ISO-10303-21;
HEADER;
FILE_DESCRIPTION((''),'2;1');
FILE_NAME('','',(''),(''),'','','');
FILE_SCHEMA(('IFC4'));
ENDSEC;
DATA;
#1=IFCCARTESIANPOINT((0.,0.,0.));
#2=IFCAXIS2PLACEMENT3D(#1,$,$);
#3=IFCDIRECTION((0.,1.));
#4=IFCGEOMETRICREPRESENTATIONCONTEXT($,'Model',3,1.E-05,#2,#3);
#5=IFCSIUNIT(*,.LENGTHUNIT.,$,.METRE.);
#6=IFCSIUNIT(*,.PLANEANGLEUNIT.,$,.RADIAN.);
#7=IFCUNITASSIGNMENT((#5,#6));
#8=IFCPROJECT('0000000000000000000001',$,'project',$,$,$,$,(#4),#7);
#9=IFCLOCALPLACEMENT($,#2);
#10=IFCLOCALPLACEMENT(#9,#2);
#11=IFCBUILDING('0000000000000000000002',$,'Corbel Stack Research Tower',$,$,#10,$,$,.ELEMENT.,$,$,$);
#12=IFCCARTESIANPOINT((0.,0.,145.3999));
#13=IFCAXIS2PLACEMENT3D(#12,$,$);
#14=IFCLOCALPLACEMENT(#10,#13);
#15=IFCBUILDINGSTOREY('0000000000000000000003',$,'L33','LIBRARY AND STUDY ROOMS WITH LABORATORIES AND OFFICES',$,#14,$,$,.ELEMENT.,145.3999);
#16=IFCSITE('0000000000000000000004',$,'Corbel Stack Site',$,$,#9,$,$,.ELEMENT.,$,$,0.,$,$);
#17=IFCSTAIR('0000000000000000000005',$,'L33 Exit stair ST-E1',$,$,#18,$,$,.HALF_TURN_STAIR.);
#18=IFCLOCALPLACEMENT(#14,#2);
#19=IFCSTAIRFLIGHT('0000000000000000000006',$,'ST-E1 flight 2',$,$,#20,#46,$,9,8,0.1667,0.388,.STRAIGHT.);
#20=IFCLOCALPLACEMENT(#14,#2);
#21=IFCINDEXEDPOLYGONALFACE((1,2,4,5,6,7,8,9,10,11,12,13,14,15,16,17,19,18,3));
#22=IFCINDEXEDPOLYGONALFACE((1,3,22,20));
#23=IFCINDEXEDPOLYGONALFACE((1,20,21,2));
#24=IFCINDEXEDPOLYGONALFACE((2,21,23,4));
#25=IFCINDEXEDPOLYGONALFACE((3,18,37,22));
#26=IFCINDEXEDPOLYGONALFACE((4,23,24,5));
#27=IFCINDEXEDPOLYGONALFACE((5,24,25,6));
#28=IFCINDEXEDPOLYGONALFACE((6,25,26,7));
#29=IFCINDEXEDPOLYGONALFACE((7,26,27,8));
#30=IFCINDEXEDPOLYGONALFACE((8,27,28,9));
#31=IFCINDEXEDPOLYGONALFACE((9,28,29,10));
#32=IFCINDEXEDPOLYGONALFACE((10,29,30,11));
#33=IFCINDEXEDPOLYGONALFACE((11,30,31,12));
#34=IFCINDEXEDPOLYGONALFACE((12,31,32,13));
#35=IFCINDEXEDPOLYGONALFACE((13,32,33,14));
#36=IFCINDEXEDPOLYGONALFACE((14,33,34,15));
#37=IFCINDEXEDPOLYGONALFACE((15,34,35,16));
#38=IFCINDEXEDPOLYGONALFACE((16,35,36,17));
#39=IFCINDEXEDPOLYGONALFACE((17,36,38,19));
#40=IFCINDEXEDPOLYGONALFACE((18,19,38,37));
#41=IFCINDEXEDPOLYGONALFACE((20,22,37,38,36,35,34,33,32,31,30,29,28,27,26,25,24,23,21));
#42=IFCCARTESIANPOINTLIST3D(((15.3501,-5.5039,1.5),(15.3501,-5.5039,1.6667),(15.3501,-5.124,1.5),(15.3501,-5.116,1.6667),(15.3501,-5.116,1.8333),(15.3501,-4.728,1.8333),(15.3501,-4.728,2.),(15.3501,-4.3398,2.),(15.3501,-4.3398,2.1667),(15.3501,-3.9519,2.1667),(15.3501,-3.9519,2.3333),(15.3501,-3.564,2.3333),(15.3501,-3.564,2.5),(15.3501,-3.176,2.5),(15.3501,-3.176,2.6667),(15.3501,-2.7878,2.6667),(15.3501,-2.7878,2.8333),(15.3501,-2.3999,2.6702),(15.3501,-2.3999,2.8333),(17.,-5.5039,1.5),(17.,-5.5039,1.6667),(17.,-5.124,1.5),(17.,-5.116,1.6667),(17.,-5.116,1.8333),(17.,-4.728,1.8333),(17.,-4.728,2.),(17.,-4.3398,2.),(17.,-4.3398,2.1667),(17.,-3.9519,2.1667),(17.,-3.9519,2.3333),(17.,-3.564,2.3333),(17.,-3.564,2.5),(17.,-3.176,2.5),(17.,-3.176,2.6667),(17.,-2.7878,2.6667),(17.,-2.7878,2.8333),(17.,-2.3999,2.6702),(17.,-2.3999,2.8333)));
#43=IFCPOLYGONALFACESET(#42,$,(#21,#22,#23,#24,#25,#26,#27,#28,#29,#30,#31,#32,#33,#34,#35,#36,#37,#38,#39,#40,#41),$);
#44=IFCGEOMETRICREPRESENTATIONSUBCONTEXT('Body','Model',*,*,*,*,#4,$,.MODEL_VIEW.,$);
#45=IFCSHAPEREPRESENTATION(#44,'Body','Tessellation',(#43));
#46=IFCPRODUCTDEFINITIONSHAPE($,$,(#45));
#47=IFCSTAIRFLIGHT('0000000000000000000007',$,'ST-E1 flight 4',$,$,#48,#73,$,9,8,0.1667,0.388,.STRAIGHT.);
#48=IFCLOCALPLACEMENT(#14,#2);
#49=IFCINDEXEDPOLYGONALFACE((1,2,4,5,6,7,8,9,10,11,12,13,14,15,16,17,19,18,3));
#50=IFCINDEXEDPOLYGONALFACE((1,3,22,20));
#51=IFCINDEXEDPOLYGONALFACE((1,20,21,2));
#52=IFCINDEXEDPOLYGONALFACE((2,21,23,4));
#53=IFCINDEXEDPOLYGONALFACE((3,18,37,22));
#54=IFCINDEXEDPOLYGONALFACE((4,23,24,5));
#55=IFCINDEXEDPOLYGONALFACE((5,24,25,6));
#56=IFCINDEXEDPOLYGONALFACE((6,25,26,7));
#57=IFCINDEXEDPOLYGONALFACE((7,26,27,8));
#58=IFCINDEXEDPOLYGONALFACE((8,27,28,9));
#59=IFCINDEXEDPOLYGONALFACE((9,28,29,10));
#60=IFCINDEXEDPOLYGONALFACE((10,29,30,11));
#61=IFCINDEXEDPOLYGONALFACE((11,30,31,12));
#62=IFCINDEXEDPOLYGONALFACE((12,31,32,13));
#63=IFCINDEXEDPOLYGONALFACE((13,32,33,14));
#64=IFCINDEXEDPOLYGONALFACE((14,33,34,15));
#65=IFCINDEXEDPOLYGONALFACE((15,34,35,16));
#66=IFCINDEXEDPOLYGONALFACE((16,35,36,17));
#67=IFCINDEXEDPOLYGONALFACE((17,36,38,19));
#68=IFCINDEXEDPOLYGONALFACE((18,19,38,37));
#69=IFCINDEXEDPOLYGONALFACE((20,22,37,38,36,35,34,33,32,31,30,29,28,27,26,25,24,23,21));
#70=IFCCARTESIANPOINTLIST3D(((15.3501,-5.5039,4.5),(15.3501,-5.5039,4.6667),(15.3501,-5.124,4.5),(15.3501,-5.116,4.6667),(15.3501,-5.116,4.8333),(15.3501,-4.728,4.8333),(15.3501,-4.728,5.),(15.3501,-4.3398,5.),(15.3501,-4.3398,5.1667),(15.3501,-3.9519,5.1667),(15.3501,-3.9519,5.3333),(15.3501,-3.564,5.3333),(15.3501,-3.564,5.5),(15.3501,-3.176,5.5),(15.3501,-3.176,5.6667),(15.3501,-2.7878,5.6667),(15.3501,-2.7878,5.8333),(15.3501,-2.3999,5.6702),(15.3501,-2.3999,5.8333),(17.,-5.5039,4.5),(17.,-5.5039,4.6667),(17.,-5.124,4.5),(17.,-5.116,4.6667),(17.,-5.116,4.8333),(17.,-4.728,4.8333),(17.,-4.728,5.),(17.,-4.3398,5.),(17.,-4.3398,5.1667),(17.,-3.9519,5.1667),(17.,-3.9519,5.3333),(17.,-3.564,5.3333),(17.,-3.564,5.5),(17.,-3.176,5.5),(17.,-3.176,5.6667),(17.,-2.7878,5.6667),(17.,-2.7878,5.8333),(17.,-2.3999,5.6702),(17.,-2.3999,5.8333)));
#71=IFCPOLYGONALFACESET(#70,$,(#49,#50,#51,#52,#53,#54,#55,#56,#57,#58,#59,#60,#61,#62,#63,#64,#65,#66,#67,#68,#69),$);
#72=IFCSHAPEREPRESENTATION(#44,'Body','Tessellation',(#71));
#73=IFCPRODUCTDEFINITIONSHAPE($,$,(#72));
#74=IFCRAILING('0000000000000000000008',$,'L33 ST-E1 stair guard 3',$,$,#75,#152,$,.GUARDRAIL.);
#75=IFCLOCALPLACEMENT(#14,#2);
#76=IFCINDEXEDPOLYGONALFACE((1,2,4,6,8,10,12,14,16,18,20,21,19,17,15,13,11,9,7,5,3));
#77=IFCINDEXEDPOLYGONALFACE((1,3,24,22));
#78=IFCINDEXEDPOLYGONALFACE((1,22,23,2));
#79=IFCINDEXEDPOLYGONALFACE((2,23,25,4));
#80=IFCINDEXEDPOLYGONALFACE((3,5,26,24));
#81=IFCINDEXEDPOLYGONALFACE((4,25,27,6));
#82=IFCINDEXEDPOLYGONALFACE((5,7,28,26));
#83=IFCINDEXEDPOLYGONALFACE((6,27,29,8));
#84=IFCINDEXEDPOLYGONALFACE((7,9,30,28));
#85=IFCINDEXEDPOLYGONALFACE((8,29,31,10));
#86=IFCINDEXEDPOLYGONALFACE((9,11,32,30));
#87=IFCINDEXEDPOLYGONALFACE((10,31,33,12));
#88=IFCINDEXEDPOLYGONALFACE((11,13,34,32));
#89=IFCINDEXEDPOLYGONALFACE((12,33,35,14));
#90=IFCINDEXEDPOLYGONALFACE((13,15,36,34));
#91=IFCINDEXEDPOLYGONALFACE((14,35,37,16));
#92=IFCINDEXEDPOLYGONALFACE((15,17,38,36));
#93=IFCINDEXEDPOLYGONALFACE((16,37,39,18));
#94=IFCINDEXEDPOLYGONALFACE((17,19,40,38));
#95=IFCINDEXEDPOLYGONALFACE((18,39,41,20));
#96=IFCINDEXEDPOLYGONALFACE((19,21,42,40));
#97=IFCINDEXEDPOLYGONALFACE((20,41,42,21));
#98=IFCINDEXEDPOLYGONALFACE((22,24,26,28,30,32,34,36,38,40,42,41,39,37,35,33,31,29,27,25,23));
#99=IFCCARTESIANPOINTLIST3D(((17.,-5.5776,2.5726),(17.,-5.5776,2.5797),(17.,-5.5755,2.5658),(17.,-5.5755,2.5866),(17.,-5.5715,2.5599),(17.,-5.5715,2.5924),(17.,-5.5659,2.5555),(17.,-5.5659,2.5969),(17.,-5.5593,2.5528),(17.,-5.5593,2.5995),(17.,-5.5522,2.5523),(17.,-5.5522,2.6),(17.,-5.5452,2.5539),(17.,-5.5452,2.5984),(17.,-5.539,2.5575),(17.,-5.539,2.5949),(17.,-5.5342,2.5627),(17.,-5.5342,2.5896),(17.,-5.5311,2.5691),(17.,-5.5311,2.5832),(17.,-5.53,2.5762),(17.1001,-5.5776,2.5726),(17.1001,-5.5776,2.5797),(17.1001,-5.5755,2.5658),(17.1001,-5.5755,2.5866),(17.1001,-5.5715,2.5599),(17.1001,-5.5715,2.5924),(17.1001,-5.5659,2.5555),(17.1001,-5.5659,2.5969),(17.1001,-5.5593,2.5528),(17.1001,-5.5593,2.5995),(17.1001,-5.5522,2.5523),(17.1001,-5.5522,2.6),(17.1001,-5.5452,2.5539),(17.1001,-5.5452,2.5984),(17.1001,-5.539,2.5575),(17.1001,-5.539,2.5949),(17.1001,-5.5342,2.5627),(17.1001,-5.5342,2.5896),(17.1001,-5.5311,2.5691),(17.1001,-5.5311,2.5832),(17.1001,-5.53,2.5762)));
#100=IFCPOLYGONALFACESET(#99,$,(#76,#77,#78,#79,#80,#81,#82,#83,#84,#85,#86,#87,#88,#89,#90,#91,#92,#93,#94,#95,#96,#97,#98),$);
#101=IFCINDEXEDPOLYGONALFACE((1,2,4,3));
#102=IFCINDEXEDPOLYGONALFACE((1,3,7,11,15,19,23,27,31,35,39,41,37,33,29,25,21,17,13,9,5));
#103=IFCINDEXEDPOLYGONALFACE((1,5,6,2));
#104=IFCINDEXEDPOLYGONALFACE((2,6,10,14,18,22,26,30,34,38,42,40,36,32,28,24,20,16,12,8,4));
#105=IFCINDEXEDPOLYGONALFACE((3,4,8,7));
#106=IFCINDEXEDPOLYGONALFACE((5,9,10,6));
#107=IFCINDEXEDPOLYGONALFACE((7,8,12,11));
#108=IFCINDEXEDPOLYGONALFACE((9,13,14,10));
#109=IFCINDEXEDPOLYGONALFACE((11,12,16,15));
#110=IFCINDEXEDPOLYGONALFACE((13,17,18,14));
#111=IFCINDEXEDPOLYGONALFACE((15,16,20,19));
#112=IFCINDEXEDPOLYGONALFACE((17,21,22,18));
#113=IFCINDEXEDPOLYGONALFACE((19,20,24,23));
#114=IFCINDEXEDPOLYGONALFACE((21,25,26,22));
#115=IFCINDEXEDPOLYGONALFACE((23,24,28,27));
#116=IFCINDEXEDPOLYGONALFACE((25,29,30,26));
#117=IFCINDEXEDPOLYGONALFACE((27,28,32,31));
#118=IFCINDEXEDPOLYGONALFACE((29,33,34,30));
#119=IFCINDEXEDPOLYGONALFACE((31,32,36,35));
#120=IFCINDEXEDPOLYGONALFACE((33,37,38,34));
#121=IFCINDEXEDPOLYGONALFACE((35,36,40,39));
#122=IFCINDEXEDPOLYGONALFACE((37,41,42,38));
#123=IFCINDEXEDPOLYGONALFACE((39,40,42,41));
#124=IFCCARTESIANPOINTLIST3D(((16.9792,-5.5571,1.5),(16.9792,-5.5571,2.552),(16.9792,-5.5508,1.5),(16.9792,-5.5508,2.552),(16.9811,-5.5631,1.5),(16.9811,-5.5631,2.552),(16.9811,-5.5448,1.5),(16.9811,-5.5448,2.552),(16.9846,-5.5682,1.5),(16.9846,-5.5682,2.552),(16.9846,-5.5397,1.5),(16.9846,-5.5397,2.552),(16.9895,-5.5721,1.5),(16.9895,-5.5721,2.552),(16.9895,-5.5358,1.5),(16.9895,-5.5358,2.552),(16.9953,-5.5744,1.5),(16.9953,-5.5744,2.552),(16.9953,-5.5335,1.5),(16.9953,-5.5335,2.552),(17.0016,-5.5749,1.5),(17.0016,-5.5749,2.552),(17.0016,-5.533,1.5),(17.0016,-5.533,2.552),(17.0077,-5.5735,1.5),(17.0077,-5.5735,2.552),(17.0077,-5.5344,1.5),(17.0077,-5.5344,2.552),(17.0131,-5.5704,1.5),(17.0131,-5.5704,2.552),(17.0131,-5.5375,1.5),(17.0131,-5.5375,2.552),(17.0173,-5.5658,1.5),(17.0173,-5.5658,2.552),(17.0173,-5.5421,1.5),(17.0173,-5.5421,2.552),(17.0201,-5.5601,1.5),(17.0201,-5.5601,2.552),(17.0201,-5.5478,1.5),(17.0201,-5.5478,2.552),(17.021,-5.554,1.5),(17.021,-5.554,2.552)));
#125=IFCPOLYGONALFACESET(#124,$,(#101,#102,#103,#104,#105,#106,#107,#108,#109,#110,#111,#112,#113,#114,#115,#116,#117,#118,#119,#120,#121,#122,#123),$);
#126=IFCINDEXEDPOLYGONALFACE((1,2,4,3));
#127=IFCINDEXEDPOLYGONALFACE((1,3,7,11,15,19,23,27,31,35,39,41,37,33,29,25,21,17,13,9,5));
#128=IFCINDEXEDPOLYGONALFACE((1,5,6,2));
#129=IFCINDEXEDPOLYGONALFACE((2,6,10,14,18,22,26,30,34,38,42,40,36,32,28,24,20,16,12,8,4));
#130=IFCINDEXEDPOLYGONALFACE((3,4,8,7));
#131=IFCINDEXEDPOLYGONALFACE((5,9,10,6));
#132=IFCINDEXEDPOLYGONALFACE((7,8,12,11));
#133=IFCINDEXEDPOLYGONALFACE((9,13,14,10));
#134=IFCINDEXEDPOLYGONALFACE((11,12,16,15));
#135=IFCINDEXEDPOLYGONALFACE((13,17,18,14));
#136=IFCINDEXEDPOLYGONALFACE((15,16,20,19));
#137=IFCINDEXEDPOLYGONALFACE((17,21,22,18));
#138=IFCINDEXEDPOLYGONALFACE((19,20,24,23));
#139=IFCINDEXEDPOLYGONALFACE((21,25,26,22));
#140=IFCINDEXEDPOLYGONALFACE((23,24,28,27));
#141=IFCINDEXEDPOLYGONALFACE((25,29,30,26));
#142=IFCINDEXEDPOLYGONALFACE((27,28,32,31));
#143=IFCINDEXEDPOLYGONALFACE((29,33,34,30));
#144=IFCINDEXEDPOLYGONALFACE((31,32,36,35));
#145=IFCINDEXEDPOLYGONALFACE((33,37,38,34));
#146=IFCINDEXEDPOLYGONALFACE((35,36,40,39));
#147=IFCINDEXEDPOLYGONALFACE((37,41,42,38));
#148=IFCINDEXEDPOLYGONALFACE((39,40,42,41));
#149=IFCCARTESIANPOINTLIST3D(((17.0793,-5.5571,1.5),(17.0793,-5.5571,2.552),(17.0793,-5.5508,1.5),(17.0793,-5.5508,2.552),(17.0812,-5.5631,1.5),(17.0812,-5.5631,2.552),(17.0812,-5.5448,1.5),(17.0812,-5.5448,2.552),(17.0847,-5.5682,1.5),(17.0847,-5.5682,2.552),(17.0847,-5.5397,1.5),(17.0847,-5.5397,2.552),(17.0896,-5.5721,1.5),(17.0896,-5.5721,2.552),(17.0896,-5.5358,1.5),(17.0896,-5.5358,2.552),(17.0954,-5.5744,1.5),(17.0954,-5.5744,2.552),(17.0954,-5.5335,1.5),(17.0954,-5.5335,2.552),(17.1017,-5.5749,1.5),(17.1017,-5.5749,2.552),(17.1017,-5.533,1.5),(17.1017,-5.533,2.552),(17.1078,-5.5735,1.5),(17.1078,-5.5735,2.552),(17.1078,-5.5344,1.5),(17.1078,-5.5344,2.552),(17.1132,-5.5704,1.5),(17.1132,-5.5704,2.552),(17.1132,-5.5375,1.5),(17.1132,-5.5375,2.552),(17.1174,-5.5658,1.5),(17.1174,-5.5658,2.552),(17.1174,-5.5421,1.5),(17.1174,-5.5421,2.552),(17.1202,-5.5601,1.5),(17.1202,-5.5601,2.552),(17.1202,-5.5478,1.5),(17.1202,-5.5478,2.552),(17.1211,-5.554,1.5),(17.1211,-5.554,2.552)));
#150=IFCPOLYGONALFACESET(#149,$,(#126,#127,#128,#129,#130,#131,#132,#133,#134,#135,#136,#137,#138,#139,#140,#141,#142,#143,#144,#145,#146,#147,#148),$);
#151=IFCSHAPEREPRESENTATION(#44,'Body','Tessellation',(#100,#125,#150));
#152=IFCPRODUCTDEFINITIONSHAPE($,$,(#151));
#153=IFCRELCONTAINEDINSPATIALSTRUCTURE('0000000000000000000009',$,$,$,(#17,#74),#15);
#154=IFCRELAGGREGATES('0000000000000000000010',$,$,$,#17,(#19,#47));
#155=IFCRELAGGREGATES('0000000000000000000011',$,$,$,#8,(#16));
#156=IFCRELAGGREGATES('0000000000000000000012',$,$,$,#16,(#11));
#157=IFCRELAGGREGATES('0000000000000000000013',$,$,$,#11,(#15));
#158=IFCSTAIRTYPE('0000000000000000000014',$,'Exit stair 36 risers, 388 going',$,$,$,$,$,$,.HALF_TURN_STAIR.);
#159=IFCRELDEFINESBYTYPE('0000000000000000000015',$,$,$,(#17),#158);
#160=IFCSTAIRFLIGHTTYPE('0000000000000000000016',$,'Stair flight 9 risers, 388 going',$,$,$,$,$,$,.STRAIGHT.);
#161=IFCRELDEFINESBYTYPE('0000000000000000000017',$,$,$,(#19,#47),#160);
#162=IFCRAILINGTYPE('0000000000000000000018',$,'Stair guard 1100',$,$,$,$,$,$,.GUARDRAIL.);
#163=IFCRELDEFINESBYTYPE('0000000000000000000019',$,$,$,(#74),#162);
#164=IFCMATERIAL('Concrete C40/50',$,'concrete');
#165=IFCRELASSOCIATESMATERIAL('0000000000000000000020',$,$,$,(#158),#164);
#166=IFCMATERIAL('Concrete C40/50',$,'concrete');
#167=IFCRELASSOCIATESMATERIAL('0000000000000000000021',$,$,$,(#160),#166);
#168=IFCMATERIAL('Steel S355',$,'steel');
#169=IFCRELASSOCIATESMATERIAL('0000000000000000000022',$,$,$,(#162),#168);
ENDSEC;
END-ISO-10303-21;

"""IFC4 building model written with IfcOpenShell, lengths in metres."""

from ifc_helpers import new_model, si_unit, direction, frame, origin, origin_2d, place, context, subcontext, project, spatial, polyline, circle, outline, extrude, material, type_object, element, aggregate, save


model = new_model("IFC4")

# Units and contexts
model_context = context("Model", 3, precision=1e-05, world=origin(), true_north=direction((0.0, 1.0)))
body_context = subcontext(model_context, "Body", "Model", "MODEL_VIEW")
ifc_project = project(units=[si_unit("LENGTHUNIT", "METRE"), si_unit("PLANEANGLEUNIT", "RADIAN")], contexts=[model_context])

# Site, building, storey
site_placement = place(None, origin())
site = spatial("IfcSite", under=ifc_project, at=site_placement, Name="Corbel Stack Site", CompositionType="ELEMENT", RefElevation=0.0)
building_placement = place(site_placement, origin())
building = spatial("IfcBuilding", under=site, at=building_placement, Name="Corbel Stack Research Tower", CompositionType="ELEMENT")
storey_placement = place(building_placement, frame((0.0, 0.0, 145.3999)))
storey = spatial("IfcBuildingStorey", under=building, at=storey_placement, Name="L33", Description="LIBRARY AND STUDY ROOMS WITH LABORATORIES AND OFFICES", CompositionType="ELEMENT", Elevation=145.3999)

# Stair, stair flights
ifc_material_1 = material(Name="Concrete C40/50", Category="concrete")
stair_type = type_object("IfcStairType", Name="Exit stair 36 risers, 388 going", PredefinedType="HALF_TURN_STAIR", material=ifc_material_1)
stair_placement = place(storey_placement, origin())
stair = element("IfcStair", 1, at=stair_placement, inside=storey, type_object=stair_type, Name="L33 Exit stair ST-E1", PredefinedType="HALF_TURN_STAIR")
ifc_material_2 = material(Name="Concrete C40/50", Category="concrete")
stair_flight_type = type_object("IfcStairFlightType", Name="Stair flight 9 risers, 388 going", PredefinedType="STRAIGHT", material=ifc_material_2)
stair_flight_1_placement = place(storey_placement, frame((16.175, -5.5039, 1.5), z_axis=(0.0, 0.0, 1.0), x_axis=(0.0, 1.0, 0.0)))
stair_flight_1 = element("IfcStairFlight", 2, at=stair_flight_1_placement, type_object=stair_flight_type, Name="ST-E1 flight 2", NumberOfRisers=9, NumberOfTreads=8, PredefinedType="STRAIGHT", RiserHeight=0.1667, TreadLength=0.388, context=body_context, shape_type="SweptSolid", body=[
    extrude(outline(polyline([(0.0, 0.0), (0.0, 0.1667), (0.3879, 0.1667), (0.3879, 0.3333), (0.7759, 0.3333), (0.7759, 0.5), (1.1641, 0.5), (1.1641, 0.6667), (1.552, 0.6667), (1.552, 0.8333), (1.9399, 0.8333), (1.9399, 1.0), (2.3279, 1.0), (2.3279, 1.1667), (2.7161, 1.1667), (2.7161, 1.3333), (3.104, 1.3333), (3.104, 1.5), (3.104, 1.1702), (0.3799, 0.0), (0.0, 0.0)])), frame((0.0, 0.825, 0.0), z_axis=(0.0, -1.0, 0.0), x_axis=(1.0, 0.0, 0.0)), (0.0, 0.0, 1.0), 1.6499),
])
stair_flight_2_placement = place(storey_placement, frame((16.175, -5.5039, 4.5), z_axis=(0.0, 0.0, 1.0), x_axis=(0.0, 1.0, 0.0)))
stair_flight_2 = element("IfcStairFlight", 3, at=stair_flight_2_placement, type_object=stair_flight_type, Name="ST-E1 flight 4", NumberOfRisers=9, NumberOfTreads=8, PredefinedType="STRAIGHT", RiserHeight=0.1667, TreadLength=0.388, context=body_context, shape_type="SweptSolid", body=[
    extrude(outline(polyline([(0.0, 0.0), (0.0, 0.1667), (0.3879, 0.1667), (0.3879, 0.3333), (0.7759, 0.3333), (0.7759, 0.5), (1.1641, 0.5), (1.1641, 0.6667), (1.552, 0.6667), (1.552, 0.8333), (1.9399, 0.8333), (1.9399, 1.0), (2.3279, 1.0), (2.3279, 1.1667), (2.7161, 1.1667), (2.7161, 1.3333), (3.104, 1.3333), (3.104, 1.5), (3.104, 1.1702), (0.3799, 0.0), (0.0, 0.0)])), frame((0.0, 0.825, 0.0), z_axis=(0.0, -1.0, 0.0), x_axis=(1.0, 0.0, 0.0)), (0.0, 0.0, 1.0), 1.6499),
])
aggregate(stair, [stair_flight_1, stair_flight_2])

# Railing
ifc_material_3 = material(Name="Steel S355", Category="steel")
railing_type_1 = type_object("IfcRailingType", Name="Stair guard 1100", PredefinedType="GUARDRAIL", material=ifc_material_3)
railing_1_placement = place(storey_placement, frame((17.0, -5.554, 1.5)))
element("IfcRailing", 4, at=railing_1_placement, inside=storey, type_object=railing_type_1, Name="L33 ST-E1 stair guard 3", PredefinedType="GUARDRAIL", context=body_context, shape_type="SweptSolid", body=[
    extrude(circle(Radius=0.0239, at=origin_2d()), frame((0.0, 0.0, 1.0762), z_axis=(1.0, 0.0, 0.0), x_axis=(0.0, 1.0, 0.0)), (0.0, 0.0, 1.0), 0.1001),
    extrude(circle(Radius=0.021, at=origin_2d()), origin(), (0.0, 0.0, 1.0), 1.052),
    extrude(circle(Radius=0.021, at=origin_2d()), frame((0.1001, 0.0, 0.0)), (0.0, 0.0, 1.0), 1.052),
])

save(model, "model.ifc")
